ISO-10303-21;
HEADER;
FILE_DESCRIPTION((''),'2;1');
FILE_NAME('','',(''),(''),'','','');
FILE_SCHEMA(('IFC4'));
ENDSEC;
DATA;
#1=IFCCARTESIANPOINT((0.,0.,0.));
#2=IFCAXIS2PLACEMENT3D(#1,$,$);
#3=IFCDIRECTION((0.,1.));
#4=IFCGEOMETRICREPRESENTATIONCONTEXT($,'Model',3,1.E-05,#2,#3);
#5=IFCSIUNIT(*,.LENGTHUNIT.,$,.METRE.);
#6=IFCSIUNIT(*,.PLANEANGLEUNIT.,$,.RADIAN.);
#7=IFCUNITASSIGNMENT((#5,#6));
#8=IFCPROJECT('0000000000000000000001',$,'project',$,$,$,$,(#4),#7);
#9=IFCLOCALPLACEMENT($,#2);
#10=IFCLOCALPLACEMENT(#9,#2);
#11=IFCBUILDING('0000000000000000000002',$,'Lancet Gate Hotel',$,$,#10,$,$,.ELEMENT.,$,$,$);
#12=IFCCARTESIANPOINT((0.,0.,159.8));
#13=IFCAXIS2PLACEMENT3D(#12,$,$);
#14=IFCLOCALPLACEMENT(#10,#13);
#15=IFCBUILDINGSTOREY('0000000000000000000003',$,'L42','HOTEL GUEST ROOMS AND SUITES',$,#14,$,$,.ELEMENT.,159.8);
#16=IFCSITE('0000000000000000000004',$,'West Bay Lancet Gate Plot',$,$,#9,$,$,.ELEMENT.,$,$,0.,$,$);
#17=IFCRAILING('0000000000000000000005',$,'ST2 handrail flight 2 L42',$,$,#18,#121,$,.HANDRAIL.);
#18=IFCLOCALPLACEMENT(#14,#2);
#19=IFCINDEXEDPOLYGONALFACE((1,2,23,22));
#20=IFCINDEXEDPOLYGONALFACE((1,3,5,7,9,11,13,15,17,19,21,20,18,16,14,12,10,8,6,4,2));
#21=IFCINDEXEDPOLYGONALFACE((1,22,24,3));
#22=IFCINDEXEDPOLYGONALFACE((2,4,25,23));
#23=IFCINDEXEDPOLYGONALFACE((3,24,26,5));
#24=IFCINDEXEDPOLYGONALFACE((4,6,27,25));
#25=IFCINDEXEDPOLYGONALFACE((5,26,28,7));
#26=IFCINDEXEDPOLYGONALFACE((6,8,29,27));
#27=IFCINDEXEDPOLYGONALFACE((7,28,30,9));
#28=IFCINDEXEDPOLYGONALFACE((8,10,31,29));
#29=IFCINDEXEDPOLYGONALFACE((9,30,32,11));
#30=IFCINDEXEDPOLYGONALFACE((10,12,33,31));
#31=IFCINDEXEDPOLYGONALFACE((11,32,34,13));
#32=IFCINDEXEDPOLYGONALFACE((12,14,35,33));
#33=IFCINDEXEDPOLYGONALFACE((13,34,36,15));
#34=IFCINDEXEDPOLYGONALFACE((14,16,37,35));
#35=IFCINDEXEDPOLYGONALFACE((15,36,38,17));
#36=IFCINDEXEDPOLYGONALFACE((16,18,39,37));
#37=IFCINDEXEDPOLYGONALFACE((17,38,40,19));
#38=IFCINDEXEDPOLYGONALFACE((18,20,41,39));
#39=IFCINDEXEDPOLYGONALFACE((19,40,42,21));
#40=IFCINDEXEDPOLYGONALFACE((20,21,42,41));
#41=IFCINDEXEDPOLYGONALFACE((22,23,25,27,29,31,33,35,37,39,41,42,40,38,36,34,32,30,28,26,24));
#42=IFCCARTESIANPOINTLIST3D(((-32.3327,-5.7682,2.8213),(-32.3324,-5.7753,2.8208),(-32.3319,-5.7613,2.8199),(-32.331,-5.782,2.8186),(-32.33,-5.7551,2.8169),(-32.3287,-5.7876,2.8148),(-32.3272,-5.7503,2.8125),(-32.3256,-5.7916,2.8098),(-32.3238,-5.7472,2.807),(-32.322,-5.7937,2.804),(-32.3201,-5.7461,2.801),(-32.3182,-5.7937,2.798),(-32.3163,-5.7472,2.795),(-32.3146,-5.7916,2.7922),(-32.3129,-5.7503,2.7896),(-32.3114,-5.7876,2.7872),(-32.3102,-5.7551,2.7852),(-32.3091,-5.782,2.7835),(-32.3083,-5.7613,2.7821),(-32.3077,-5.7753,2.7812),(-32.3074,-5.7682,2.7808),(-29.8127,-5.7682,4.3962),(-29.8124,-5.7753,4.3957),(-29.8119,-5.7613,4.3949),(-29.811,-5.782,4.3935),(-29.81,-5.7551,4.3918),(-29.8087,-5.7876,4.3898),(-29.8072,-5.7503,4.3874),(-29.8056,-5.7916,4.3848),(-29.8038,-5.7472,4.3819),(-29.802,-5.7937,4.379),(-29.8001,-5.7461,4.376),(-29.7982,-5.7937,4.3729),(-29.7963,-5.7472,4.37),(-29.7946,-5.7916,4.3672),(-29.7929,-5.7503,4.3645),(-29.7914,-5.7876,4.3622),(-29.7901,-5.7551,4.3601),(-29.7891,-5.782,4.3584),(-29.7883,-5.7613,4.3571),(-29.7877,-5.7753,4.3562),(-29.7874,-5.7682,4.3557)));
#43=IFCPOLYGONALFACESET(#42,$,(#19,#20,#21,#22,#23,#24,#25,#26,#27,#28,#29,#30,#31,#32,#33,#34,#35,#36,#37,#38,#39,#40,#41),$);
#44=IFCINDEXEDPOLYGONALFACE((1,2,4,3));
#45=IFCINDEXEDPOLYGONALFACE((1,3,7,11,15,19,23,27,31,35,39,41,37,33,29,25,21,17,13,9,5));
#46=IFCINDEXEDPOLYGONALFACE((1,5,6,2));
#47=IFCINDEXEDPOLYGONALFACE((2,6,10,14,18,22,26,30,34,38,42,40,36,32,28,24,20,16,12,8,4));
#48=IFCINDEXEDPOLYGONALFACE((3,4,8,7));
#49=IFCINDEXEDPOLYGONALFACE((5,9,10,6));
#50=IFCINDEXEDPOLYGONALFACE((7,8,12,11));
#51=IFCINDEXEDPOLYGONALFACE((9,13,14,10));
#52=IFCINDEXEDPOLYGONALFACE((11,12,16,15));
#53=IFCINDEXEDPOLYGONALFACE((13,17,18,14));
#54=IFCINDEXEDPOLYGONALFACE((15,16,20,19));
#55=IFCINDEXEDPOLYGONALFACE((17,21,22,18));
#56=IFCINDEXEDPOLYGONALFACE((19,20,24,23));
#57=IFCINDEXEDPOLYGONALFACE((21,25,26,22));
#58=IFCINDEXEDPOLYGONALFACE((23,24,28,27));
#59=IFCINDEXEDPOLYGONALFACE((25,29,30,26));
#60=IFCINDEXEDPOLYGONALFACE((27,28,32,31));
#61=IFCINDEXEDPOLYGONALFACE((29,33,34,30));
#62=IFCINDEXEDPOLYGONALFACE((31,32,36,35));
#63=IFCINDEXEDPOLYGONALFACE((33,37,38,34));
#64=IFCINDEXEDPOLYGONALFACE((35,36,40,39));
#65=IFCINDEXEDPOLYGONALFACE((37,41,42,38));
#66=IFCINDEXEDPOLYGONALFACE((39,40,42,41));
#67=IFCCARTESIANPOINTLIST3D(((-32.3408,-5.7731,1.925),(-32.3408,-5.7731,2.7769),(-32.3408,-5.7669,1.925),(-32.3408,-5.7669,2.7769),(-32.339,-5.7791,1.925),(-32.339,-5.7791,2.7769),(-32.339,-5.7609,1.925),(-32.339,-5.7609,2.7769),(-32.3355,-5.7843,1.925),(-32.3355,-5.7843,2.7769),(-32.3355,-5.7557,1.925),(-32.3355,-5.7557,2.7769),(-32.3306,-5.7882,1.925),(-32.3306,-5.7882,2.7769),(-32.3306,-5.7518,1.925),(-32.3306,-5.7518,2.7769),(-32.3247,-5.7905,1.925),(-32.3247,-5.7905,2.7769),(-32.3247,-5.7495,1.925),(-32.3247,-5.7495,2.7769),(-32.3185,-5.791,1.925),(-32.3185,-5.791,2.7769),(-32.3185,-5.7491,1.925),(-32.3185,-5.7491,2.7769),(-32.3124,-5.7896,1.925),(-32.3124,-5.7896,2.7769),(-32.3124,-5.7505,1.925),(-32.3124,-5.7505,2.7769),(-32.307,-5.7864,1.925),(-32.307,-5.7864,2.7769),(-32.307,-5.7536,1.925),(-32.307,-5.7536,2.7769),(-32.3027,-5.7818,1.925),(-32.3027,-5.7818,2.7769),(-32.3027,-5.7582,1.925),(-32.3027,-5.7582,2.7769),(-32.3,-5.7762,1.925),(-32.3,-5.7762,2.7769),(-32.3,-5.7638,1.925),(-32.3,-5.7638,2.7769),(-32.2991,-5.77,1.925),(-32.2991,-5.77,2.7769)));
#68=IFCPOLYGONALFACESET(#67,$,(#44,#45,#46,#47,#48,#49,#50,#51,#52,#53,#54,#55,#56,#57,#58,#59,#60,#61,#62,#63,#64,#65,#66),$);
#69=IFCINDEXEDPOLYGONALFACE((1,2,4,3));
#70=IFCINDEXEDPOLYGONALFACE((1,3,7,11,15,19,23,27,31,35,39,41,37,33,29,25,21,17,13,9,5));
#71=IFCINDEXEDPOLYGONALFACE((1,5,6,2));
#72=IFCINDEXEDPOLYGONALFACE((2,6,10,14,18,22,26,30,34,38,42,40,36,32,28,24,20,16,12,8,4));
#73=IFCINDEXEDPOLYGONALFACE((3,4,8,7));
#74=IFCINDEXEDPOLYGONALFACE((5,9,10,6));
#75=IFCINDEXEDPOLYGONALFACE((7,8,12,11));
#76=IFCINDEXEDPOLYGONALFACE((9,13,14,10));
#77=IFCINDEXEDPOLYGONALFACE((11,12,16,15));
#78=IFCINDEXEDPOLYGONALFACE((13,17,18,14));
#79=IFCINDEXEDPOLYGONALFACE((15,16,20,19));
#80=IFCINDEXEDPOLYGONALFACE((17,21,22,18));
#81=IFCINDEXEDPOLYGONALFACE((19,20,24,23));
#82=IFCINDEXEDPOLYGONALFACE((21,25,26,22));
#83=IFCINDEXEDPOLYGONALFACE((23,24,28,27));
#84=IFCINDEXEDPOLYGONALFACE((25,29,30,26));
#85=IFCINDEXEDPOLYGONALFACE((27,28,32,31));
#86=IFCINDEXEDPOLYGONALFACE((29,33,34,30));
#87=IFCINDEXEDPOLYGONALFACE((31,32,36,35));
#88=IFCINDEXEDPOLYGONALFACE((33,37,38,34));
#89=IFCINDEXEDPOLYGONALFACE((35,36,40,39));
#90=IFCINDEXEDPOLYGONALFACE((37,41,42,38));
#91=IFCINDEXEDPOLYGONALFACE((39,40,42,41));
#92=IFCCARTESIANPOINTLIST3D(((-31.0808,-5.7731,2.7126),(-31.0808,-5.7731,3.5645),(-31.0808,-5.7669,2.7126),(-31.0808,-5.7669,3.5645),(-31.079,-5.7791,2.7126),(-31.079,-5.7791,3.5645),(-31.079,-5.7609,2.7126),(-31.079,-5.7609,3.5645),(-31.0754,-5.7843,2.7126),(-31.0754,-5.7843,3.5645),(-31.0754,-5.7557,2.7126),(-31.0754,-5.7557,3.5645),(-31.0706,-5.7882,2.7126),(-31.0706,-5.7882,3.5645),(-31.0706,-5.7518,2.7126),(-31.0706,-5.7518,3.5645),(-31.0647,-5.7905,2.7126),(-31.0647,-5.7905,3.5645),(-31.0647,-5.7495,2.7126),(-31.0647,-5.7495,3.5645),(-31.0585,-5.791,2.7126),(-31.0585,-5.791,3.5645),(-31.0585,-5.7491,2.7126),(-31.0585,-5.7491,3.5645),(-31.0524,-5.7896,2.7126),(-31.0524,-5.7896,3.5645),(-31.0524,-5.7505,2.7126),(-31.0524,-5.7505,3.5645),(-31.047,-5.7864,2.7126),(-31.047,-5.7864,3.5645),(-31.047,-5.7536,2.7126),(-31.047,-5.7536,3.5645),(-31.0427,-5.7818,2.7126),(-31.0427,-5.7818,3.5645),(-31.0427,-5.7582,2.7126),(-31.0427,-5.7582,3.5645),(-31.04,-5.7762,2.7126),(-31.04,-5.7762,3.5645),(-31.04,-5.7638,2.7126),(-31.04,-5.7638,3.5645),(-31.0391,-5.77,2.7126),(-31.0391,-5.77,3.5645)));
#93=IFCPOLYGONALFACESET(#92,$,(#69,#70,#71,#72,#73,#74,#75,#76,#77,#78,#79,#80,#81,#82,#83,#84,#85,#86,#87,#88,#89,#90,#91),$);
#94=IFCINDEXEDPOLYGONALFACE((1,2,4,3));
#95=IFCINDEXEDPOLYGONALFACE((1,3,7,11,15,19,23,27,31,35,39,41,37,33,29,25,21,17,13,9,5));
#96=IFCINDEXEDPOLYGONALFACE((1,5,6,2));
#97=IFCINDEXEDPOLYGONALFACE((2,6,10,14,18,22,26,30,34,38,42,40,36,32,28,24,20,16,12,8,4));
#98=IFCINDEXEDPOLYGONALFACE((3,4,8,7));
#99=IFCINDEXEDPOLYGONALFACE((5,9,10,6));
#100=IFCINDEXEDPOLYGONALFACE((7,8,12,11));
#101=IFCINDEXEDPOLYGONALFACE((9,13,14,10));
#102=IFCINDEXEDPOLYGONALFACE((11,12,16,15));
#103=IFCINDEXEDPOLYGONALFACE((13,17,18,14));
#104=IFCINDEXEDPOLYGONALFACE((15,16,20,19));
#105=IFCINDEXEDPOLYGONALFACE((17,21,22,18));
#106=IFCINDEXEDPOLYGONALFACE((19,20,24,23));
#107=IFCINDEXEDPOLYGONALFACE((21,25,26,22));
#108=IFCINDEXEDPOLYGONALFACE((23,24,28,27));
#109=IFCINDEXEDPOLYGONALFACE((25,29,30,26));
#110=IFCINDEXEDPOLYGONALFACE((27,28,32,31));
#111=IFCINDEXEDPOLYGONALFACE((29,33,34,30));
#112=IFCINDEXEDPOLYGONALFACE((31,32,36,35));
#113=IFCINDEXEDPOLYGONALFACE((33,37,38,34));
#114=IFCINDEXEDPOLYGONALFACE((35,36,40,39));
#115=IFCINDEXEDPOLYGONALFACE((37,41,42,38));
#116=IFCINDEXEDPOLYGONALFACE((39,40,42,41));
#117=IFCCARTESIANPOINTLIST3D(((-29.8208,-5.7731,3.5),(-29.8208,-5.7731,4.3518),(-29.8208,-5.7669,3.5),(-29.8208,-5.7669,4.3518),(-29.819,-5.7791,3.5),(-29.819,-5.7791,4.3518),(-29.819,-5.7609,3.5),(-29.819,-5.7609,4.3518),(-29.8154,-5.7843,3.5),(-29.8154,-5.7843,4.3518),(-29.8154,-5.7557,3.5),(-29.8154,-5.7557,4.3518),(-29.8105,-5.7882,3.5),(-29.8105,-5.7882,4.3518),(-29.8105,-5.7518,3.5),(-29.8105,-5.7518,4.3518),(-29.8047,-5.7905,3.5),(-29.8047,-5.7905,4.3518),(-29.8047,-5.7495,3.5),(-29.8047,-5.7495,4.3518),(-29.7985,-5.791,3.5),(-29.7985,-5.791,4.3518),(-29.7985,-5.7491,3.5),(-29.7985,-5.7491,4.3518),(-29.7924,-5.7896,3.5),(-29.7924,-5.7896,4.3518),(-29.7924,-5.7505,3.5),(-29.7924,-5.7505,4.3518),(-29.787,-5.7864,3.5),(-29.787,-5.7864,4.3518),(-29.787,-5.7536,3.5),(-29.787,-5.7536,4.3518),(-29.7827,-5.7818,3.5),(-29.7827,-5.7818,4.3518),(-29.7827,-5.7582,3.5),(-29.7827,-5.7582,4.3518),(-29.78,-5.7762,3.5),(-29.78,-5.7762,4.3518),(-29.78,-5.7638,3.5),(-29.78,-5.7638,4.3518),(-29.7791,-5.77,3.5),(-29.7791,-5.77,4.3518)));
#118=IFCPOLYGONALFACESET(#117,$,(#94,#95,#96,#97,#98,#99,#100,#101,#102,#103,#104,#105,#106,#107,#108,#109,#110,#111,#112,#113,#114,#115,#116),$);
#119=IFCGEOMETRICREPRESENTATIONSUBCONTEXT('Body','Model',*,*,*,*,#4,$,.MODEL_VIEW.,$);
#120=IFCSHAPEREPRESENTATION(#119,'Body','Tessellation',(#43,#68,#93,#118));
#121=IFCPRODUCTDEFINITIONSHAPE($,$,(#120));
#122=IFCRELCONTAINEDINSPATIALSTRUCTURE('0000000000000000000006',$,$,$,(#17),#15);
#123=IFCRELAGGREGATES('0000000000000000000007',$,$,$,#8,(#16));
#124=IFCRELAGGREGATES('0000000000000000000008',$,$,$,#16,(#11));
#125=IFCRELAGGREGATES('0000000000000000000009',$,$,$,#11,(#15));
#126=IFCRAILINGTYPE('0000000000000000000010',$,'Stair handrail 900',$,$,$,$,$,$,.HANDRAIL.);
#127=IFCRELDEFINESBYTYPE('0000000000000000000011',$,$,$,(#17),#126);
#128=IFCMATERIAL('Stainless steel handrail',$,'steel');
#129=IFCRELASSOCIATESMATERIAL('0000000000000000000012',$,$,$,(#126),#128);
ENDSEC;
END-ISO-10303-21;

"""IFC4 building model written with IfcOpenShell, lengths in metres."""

from ifc_helpers import new_model, si_unit, direction, frame, origin, origin_2d, place, context, subcontext, project, spatial, circle, extrude, material, type_object, element, save


model = new_model("IFC4")

# Units and contexts
model_context = context("Model", 3, precision=1e-05, world=origin(), true_north=direction((0.0, 1.0)))
body_context = subcontext(model_context, "Body", "Model", "MODEL_VIEW")
ifc_project = project(units=[si_unit("LENGTHUNIT", "METRE"), si_unit("PLANEANGLEUNIT", "RADIAN")], contexts=[model_context])

# Site, building, storey
site_placement = place(None, origin())
site = spatial("IfcSite", under=ifc_project, at=site_placement, Name="West Bay Lancet Gate Plot", CompositionType="ELEMENT", RefElevation=0.0)
building_placement = place(site_placement, origin())
building = spatial("IfcBuilding", under=site, at=building_placement, Name="Lancet Gate Hotel", CompositionType="ELEMENT")
storey_placement = place(building_placement, frame((0.0, 0.0, 159.8)))
storey = spatial("IfcBuildingStorey", under=building, at=storey_placement, Name="L42", Description="HOTEL GUEST ROOMS AND SUITES", CompositionType="ELEMENT", Elevation=159.8)

# Railing
ifc_material_1 = material(Name="Stainless steel handrail", Category="steel")
railing_type = type_object("IfcRailingType", Name="Stair handrail 900", PredefinedType="HANDRAIL", material=ifc_material_1)
railing_1_placement = place(storey_placement, frame((-32.3201, -5.77, 1.925)))
element("IfcRailing", 1, at=railing_1_placement, inside=storey, type_object=railing_type, Name="ST2 handrail flight 2 L42", PredefinedType="HANDRAIL", context=body_context, shape_type="SweptSolid", body=[
    extrude(circle(Radius=0.0239, at=origin_2d()), frame((0.0, 0.0, 0.876), z_axis=(0.848008, 0.0, 0.529984), x_axis=(0.0, 1.0, 0.0)), (0.0, 0.0, 1.0), 2.9717),
    extrude(circle(Radius=0.021, at=origin_2d()), origin(), (0.0, 0.0, 1.0), 0.8518),
    extrude(circle(Radius=0.021, at=origin_2d()), frame((1.26, 0.0, 0.7876)), (0.0, 0.0, 1.0), 0.8518),
    extrude(circle(Radius=0.021, at=origin_2d()), frame((2.52, 0.0, 1.575)), (0.0, 0.0, 1.0), 0.8518),
])

save(model, "model.ifc")
